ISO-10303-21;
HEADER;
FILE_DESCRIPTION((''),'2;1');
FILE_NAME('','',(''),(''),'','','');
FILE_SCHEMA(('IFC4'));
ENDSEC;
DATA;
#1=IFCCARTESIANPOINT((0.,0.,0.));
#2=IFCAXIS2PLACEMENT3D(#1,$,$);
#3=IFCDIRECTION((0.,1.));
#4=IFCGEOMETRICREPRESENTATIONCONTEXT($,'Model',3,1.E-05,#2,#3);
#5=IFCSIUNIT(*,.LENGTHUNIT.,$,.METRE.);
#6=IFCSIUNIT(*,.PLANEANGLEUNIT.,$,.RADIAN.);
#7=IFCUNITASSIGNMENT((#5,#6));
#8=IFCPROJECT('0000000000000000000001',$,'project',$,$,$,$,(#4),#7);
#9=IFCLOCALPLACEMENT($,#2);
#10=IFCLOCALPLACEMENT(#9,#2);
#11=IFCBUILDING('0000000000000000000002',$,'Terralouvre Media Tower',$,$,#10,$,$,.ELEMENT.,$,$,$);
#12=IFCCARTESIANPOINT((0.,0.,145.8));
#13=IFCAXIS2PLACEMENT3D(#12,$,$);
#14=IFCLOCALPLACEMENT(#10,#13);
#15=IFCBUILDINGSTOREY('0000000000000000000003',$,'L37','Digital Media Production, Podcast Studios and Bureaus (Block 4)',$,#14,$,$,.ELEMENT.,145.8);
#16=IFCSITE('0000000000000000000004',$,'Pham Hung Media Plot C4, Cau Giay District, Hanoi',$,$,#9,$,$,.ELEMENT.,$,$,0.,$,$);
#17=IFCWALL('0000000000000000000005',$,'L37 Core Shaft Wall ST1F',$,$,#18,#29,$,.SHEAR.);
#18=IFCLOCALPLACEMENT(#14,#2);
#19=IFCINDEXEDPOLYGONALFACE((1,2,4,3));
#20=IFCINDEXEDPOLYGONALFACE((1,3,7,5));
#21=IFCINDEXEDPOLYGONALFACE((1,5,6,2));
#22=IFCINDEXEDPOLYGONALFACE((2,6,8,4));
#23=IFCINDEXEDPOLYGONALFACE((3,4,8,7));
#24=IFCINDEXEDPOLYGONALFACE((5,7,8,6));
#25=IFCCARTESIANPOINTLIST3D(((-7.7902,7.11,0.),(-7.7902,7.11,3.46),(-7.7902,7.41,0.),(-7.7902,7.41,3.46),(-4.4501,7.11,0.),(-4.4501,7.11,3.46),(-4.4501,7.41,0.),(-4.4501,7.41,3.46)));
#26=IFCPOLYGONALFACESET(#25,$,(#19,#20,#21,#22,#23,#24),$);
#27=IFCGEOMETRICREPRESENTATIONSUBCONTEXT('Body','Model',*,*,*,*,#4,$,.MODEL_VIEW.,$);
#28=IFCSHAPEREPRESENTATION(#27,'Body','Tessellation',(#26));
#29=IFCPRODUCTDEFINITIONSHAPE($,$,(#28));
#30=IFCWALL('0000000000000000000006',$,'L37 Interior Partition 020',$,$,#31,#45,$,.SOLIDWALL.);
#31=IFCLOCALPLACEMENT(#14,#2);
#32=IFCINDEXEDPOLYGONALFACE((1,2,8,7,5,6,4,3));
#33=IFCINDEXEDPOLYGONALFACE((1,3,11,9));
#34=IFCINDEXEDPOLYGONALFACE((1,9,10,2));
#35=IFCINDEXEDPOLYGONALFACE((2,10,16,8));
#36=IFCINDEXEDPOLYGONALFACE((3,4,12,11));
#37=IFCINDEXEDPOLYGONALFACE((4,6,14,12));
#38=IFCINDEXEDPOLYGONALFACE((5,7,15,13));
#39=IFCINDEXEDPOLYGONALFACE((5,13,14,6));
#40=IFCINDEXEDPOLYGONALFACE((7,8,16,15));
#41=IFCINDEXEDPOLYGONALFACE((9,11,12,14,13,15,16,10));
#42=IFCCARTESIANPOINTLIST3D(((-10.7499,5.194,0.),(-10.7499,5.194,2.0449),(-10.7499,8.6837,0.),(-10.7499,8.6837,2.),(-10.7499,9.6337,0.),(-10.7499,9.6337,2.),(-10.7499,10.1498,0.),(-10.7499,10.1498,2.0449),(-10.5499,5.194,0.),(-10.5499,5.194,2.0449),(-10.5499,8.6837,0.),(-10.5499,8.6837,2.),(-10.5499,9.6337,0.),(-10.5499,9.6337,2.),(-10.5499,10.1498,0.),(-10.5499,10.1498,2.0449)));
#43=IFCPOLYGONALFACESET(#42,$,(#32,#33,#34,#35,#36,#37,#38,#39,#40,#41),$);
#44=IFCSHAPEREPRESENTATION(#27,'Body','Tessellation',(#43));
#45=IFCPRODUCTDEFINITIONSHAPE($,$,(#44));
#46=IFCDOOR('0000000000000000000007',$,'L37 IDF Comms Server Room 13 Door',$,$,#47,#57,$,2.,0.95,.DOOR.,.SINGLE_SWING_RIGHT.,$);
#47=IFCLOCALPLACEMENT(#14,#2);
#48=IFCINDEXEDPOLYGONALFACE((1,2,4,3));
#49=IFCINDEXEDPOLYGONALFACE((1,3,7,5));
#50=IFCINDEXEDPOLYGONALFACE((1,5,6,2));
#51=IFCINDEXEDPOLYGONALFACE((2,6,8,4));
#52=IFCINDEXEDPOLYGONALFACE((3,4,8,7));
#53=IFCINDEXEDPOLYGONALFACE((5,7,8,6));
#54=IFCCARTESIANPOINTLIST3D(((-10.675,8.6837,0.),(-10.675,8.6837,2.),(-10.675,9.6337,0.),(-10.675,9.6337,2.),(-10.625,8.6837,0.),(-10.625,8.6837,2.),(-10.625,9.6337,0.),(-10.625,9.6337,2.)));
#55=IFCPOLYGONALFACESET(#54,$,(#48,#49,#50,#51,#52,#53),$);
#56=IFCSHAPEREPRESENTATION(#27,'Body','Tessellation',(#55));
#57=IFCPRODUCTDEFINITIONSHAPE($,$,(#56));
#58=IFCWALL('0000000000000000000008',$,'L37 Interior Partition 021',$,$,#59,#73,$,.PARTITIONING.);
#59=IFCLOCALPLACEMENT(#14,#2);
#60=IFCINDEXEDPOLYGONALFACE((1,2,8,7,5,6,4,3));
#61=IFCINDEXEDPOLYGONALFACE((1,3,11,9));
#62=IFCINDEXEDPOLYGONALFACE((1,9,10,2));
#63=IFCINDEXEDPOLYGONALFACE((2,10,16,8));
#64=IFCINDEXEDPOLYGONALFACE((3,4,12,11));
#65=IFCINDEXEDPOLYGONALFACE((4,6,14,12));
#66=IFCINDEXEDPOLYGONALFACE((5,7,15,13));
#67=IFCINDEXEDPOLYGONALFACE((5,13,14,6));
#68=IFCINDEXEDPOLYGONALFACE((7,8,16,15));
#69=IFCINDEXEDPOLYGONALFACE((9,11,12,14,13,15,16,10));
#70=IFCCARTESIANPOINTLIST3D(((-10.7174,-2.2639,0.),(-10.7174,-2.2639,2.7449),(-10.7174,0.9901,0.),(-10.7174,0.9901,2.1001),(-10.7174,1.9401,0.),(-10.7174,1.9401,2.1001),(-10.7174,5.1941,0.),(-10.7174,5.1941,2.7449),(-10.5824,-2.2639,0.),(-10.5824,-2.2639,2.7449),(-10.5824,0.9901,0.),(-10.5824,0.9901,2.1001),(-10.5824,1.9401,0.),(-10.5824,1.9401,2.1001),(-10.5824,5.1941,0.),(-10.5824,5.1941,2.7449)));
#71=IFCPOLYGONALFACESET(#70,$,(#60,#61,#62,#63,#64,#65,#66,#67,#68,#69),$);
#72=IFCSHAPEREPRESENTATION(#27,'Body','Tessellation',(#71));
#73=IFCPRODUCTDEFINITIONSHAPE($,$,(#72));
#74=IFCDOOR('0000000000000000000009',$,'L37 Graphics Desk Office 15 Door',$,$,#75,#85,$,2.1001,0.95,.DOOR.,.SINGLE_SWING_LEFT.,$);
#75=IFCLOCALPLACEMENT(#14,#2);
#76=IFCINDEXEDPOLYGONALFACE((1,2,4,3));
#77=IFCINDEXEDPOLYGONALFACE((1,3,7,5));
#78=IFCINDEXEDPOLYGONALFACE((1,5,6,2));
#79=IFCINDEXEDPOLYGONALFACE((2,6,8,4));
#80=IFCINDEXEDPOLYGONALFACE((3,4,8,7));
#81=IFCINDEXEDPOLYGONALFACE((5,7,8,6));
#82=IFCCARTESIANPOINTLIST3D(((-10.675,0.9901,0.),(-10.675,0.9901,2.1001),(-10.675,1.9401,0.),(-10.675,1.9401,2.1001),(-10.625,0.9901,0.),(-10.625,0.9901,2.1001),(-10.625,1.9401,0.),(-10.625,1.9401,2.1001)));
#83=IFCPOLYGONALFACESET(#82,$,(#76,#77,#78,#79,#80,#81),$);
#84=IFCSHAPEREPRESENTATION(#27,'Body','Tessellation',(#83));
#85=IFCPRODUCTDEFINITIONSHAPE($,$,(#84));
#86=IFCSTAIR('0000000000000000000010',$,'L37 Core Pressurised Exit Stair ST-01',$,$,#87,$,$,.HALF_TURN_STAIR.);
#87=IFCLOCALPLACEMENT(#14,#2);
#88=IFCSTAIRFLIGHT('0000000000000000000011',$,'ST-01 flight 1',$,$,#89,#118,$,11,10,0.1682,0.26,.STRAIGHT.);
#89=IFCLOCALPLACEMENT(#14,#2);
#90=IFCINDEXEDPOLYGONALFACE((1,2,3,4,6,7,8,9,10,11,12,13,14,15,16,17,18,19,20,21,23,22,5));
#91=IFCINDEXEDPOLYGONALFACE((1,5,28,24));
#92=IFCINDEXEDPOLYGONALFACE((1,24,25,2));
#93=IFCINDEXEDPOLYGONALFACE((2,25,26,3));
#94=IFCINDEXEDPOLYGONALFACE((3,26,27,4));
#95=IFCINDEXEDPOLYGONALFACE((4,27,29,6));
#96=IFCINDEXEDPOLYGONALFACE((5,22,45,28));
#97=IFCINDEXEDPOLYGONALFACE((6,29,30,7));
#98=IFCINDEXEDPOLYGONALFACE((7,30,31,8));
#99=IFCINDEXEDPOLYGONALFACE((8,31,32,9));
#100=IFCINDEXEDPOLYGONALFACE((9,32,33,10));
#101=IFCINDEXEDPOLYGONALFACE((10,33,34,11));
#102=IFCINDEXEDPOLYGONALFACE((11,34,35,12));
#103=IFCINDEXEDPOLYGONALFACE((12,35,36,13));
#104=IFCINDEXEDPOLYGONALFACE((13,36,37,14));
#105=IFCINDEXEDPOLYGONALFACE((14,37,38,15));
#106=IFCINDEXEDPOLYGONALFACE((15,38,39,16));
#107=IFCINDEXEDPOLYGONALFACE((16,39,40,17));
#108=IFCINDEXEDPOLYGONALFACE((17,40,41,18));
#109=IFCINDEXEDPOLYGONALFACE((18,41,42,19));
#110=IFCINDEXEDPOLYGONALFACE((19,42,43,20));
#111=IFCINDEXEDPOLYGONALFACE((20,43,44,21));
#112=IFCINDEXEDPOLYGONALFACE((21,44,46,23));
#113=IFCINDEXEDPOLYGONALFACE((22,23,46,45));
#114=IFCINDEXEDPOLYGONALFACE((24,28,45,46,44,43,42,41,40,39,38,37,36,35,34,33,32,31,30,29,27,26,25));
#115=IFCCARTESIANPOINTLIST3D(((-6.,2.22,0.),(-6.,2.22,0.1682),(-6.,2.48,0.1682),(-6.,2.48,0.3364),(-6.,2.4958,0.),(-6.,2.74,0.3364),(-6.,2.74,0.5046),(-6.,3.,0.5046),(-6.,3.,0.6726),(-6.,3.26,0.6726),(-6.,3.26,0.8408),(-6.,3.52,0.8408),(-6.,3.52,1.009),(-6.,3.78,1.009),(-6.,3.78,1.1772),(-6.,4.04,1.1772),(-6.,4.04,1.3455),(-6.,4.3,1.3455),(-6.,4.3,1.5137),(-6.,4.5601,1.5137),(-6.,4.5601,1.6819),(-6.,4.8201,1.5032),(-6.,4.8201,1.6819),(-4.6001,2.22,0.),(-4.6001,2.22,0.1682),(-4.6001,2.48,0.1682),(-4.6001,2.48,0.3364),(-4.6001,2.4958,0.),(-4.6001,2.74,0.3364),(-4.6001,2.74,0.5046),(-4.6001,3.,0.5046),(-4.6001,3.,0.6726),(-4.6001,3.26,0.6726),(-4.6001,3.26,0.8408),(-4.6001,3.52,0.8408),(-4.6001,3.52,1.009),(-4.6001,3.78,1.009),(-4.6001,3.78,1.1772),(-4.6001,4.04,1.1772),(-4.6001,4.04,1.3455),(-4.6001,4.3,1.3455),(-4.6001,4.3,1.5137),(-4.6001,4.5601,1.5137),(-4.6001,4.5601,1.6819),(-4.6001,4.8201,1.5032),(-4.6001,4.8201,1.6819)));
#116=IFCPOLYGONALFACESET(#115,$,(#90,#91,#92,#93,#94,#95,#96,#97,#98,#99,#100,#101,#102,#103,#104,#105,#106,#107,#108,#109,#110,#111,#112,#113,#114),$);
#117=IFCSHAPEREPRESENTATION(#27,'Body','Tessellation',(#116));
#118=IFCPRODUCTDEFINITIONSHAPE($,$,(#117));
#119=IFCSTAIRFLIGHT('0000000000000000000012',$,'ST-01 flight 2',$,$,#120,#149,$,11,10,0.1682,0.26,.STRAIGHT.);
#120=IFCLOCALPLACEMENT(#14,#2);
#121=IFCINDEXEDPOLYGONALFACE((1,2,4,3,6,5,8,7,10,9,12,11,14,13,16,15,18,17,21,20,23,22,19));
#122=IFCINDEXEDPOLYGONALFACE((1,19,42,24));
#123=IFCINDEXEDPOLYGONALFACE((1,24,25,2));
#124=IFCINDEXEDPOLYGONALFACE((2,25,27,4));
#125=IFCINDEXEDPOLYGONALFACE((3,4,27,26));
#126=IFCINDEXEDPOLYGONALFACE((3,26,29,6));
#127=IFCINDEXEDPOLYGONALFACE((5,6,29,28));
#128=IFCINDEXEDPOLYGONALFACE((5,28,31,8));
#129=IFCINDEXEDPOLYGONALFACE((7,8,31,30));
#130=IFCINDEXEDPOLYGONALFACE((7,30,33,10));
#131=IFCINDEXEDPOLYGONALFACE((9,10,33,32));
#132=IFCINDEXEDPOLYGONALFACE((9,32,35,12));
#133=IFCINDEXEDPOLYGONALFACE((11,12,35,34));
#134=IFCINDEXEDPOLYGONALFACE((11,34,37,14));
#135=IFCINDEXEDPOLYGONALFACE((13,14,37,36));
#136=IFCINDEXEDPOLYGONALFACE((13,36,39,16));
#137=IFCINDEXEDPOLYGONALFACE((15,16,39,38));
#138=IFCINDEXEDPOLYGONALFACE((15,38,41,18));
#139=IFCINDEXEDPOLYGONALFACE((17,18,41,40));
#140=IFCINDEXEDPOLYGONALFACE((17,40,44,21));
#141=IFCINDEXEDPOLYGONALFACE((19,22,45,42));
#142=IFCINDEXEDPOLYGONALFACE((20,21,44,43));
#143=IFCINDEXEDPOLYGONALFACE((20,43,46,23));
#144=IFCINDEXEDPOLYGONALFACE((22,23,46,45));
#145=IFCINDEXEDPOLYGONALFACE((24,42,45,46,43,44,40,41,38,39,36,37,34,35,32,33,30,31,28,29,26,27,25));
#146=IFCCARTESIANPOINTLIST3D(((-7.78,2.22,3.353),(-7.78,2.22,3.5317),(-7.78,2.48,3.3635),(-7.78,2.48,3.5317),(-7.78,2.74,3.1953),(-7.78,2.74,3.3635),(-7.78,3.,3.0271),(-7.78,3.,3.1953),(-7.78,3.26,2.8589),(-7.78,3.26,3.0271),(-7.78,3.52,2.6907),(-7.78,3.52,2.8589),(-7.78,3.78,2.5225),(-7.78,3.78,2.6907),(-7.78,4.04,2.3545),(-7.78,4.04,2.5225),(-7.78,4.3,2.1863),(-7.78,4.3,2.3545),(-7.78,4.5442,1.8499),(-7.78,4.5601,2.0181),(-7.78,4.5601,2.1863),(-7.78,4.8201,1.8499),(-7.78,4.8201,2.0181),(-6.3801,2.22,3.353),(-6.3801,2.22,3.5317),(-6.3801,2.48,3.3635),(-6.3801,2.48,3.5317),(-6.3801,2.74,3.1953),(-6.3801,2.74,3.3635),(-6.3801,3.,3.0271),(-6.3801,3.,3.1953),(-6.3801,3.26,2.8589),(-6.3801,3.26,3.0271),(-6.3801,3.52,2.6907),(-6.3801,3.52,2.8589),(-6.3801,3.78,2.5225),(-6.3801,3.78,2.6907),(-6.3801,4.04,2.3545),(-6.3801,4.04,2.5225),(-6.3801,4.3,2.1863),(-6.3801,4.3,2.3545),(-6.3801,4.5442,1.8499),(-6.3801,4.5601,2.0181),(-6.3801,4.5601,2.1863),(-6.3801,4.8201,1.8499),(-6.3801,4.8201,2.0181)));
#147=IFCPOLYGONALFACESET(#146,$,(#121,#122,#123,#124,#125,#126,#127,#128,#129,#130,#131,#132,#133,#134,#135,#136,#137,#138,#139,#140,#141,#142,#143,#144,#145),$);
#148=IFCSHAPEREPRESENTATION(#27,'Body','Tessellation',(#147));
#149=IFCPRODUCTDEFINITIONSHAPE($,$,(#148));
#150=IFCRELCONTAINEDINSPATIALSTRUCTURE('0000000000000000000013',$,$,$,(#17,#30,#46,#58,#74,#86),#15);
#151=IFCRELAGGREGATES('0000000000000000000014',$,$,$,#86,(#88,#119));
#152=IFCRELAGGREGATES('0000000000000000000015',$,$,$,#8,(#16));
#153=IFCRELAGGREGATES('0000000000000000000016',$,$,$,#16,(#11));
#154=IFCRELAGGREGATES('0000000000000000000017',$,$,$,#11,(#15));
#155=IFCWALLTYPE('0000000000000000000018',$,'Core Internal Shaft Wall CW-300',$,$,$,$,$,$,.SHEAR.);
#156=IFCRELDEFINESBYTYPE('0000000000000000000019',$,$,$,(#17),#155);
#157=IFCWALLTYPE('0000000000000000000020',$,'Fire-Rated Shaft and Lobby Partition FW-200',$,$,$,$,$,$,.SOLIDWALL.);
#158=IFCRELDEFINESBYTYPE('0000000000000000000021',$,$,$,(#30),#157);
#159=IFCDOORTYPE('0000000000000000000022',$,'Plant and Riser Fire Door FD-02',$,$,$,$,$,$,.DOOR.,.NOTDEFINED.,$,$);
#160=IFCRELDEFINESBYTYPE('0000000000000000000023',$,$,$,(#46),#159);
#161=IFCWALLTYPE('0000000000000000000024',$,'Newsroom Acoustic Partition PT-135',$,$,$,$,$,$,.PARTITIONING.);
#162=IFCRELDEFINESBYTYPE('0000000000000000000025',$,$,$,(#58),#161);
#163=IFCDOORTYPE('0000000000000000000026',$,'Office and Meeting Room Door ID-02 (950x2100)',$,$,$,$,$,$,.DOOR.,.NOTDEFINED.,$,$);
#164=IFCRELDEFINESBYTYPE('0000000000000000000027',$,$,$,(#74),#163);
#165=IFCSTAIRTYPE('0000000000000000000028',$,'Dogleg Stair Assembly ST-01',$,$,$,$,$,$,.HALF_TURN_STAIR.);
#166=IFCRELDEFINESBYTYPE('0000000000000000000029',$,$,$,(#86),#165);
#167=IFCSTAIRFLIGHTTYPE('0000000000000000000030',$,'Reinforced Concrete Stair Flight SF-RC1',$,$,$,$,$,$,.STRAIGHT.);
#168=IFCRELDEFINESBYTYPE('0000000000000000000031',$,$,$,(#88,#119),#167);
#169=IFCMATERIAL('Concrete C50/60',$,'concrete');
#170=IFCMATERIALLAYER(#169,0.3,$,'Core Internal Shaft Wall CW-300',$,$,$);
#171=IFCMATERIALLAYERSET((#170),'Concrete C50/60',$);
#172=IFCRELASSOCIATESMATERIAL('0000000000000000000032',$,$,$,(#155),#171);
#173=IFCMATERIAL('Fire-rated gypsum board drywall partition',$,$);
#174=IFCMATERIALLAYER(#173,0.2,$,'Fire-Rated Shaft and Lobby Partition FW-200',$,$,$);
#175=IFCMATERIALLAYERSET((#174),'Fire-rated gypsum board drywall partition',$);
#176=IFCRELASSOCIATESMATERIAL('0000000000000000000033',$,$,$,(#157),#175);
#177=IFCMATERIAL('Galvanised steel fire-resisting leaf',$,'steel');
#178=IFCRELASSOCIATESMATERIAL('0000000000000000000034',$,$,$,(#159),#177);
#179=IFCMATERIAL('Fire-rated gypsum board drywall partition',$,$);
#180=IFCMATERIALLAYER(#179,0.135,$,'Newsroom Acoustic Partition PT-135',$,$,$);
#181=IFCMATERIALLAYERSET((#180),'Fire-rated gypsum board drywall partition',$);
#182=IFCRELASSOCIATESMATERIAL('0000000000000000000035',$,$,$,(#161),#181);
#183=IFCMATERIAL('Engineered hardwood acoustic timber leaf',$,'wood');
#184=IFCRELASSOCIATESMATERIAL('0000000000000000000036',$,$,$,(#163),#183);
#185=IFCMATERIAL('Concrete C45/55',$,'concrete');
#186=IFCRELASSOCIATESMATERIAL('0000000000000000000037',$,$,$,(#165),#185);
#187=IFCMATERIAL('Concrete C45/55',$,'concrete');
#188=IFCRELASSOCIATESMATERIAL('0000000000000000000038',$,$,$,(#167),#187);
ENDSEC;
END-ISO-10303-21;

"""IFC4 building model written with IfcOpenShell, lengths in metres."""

from ifc_helpers import new_model, si_unit, direction, frame, frame_2d, origin, place, context, subcontext, project, spatial, polyline, rectangle, outline, extrude, material, layer, layer_set, type_object, element, fill, aggregate, save


model = new_model("IFC4")

# Units and contexts
model_context = context("Model", 3, precision=1e-05, world=origin(), true_north=direction((0.0, 1.0)))
body_context = subcontext(model_context, "Body", "Model", "MODEL_VIEW")
ifc_project = project(units=[si_unit("LENGTHUNIT", "METRE"), si_unit("PLANEANGLEUNIT", "RADIAN")], contexts=[model_context])

# Site, building, storey
site_placement = place(None, origin())
site = spatial("IfcSite", under=ifc_project, at=site_placement, Name="Pham Hung Media Plot C4, Cau Giay District, Hanoi", CompositionType="ELEMENT", RefElevation=0.0)
building_placement = place(site_placement, origin())
building = spatial("IfcBuilding", under=site, at=building_placement, Name="Terralouvre Media Tower", CompositionType="ELEMENT")
storey_placement = place(building_placement, frame((0.0, 0.0, 145.8)))
storey = spatial("IfcBuildingStorey", under=building, at=storey_placement, Name="L37", Description="Digital Media Production, Podcast Studios and Bureaus (Block 4)", CompositionType="ELEMENT", Elevation=145.8)

# Shared definitions
ifc_material_1 = material(Name="Concrete C50/60", Category="concrete")
ifc_layer_1 = layer(ifc_material_1, 0.3, Name="Core Internal Shaft Wall CW-300")
ifc_layer_set_1 = layer_set([ifc_layer_1], Name="Concrete C50/60")
wall_type_1 = type_object("IfcWallType", Name="Core Internal Shaft Wall CW-300", PredefinedType="SHEAR", material=ifc_layer_set_1)

# Wall
wall_1_placement = place(storey_placement, frame((-7.79, 7.26, 0.0), z_axis=(0.0, 0.0, 1.0), x_axis=(1.0, 0.0, 0.0)))
element("IfcWall", 1, at=wall_1_placement, inside=storey, type_object=wall_type_1, Name="L37 Core Shaft Wall ST1F", PredefinedType="SHEAR", context=body_context, shape_type="SweptSolid", body=[
    extrude(rectangle(XDim=3.3401, YDim=0.3, at=frame_2d((1.6699, 0.0))), origin(), (0.0, 0.0, 1.0), 3.46),
])

# Walls, openings, doors
ifc_material_2 = material(Name="Fire-rated gypsum board drywall partition")
ifc_layer_2 = layer(ifc_material_2, 0.2, Name="Fire-Rated Shaft and Lobby Partition FW-200")
ifc_layer_set_2 = layer_set([ifc_layer_2], Name="Fire-rated gypsum board drywall partition")
wall_type_2 = type_object("IfcWallType", Name="Fire-Rated Shaft and Lobby Partition FW-200", PredefinedType="SOLIDWALL", material=ifc_layer_set_2)
wall_2_placement = place(storey_placement, frame((-10.6499, 10.1499, 0.0), z_axis=(0.0, 0.0, 1.0), x_axis=(0.0, -1.0, 0.0)))
wall_2 = element("IfcWall", 2, at=wall_2_placement, inside=storey, type_object=wall_type_2, Name="L37 Interior Partition 020", PredefinedType="SOLIDWALL", context=body_context, shape_type="SweptSolid", body=[
    extrude(rectangle(XDim=4.9558, YDim=0.2, at=frame_2d((2.478, 0.0))), origin(), (0.0, 0.0, 1.0), 2.0449),
])
opening_1_placement = place(wall_2_placement, frame((0.5161, 0.0, 0.0)))
opening_1 = element("IfcOpeningElement", 3, at=opening_1_placement, cuts=wall_2, PredefinedType="OPENING", context=body_context, shape_type="SweptSolid", body=[
    extrude(rectangle(XDim=0.95, YDim=2.0, at=frame_2d((0.4751, 1.0))), frame((0.0, 0.1099, 0.0), z_axis=(0.0, -1.0, 0.0), x_axis=(1.0, 0.0, 0.0)), (0.0, 0.0, 1.0), 0.22),
])
ifc_material_3 = material(Name="Galvanised steel fire-resisting leaf", Category="steel")
door_type_1 = type_object("IfcDoorType", Name="Plant and Riser Fire Door FD-02", OperationType="NOTDEFINED", PredefinedType="DOOR", material=ifc_material_3)
door_1_placement = place(opening_1_placement, origin())
door_1 = element("IfcDoor", 4, at=door_1_placement, inside=storey, type_object=door_type_1, Name="L37 IDF Comms Server Room 13 Door", OperationType="SINGLE_SWING_RIGHT", OverallHeight=2.0, OverallWidth=0.95, PredefinedType="DOOR", context=body_context, shape_type="SweptSolid", body=[
    extrude(rectangle(XDim=0.95, YDim=2.0, at=frame_2d((0.4751, 1.0))), frame((0.0, 0.0249, 0.0), z_axis=(0.0, -1.0, 0.0), x_axis=(1.0, 0.0, 0.0)), (0.0, 0.0, 1.0), 0.05),
])
fill(opening_1, door_1)
ifc_material_4 = material(Name="Fire-rated gypsum board drywall partition")
ifc_layer_3 = layer(ifc_material_4, 0.135, Name="Newsroom Acoustic Partition PT-135")
ifc_layer_set_3 = layer_set([ifc_layer_3], Name="Fire-rated gypsum board drywall partition")
wall_type_3 = type_object("IfcWallType", Name="Newsroom Acoustic Partition PT-135", PredefinedType="PARTITIONING", material=ifc_layer_set_3)
wall_3_placement = place(storey_placement, frame((-10.6499, 5.1941, 0.0), z_axis=(0.0, 0.0, 1.0), x_axis=(0.0, -1.0, 0.0)))
wall_3 = element("IfcWall", 5, at=wall_3_placement, inside=storey, type_object=wall_type_3, Name="L37 Interior Partition 021", PredefinedType="PARTITIONING", context=body_context, shape_type="SweptSolid", body=[
    extrude(rectangle(XDim=7.458, YDim=0.135, at=frame_2d((3.729, 0.0))), origin(), (0.0, 0.0, 1.0), 2.7449),
])
opening_2_placement = place(wall_3_placement, frame((3.2539, 0.0, 0.0)))
opening_2 = element("IfcOpeningElement", 6, at=opening_2_placement, cuts=wall_3, PredefinedType="OPENING", context=body_context, shape_type="SweptSolid", body=[
    extrude(rectangle(XDim=0.95, YDim=2.1001, at=frame_2d((0.4751, 1.05))), frame((0.0, 0.0774, 0.0), z_axis=(0.0, -1.0, 0.0), x_axis=(1.0, 0.0, 0.0)), (0.0, 0.0, 1.0), 0.155),
])
ifc_material_5 = material(Name="Engineered hardwood acoustic timber leaf", Category="wood")
door_type_2 = type_object("IfcDoorType", Name="Office and Meeting Room Door ID-02 (950x2100)", OperationType="NOTDEFINED", PredefinedType="DOOR", material=ifc_material_5)
door_2_placement = place(opening_2_placement, origin())
door_2 = element("IfcDoor", 7, at=door_2_placement, inside=storey, type_object=door_type_2, Name="L37 Graphics Desk Office 15 Door", OperationType="SINGLE_SWING_LEFT", OverallHeight=2.1001, OverallWidth=0.95, PredefinedType="DOOR", context=body_context, shape_type="SweptSolid", body=[
    extrude(rectangle(XDim=0.95, YDim=2.1001, at=frame_2d((0.4751, 1.05))), frame((0.0, 0.0249, 0.0), z_axis=(0.0, -1.0, 0.0), x_axis=(1.0, 0.0, 0.0)), (0.0, 0.0, 1.0), 0.05),
])
fill(opening_2, door_2)

# Stair, stair flights
ifc_material_6 = material(Name="Concrete C45/55", Category="concrete")
stair_type = type_object("IfcStairType", Name="Dogleg Stair Assembly ST-01", PredefinedType="HALF_TURN_STAIR", material=ifc_material_6)
stair_placement = place(storey_placement, origin())
stair = element("IfcStair", 8, at=stair_placement, inside=storey, type_object=stair_type, Name="L37 Core Pressurised Exit Stair ST-01", PredefinedType="HALF_TURN_STAIR")
ifc_material_7 = material(Name="Concrete C45/55", Category="concrete")
stair_flight_type = type_object("IfcStairFlightType", Name="Reinforced Concrete Stair Flight SF-RC1", PredefinedType="STRAIGHT", material=ifc_material_7)
stair_flight_1_placement = place(storey_placement, frame((-5.3, 2.22, 0.0), z_axis=(0.0, 0.0, 1.0), x_axis=(0.0, 1.0, 0.0)))
stair_flight_1 = element("IfcStairFlight", 9, at=stair_flight_1_placement, type_object=stair_flight_type, Name="ST-01 flight 1", NumberOfRisers=11, NumberOfTreads=10, PredefinedType="STRAIGHT", RiserHeight=0.1682, TreadLength=0.26, context=body_context, shape_type="SweptSolid", body=[
    extrude(outline(polyline([(0.0, 0.0), (0.0, 0.1682), (0.26, 0.1682), (0.26, 0.3364), (0.52, 0.3364), (0.52, 0.5046), (0.78, 0.5046), (0.78, 0.6726), (1.04, 0.6726), (1.04, 0.8408), (1.3, 0.8408), (1.3, 1.009), (1.5601, 1.009), (1.5601, 1.1772), (1.8201, 1.1772), (1.8201, 1.3455), (2.0801, 1.3455), (2.0801, 1.5137), (2.3401, 1.5137), (2.3401, 1.6819), (2.6001, 1.6819), (2.6001, 1.8501), (2.6001, 1.5032), (0.2759, 0.0), (0.0, 0.0)])), frame((0.0, 0.7, 0.0), z_axis=(0.0, -1.0, 0.0), x_axis=(1.0, 0.0, 0.0)), (0.0, 0.0, 1.0), 1.3999),
])
stair_flight_2_placement = place(storey_placement, frame((-7.0801, 4.8201, 1.8499), z_axis=(0.0, 0.0, 1.0), x_axis=(0.0, -1.0, 0.0)))
stair_flight_2 = element("IfcStairFlight", 10, at=stair_flight_2_placement, type_object=stair_flight_type, Name="ST-01 flight 2", NumberOfRisers=11, NumberOfTreads=10, PredefinedType="STRAIGHT", RiserHeight=0.1682, TreadLength=0.26, context=body_context, shape_type="SweptSolid", body=[
    extrude(outline(polyline([(0.0, 0.0), (0.0, 0.1682), (0.26, 0.1682), (0.26, 0.3364), (0.52, 0.3364), (0.52, 0.5046), (0.78, 0.5046), (0.78, 0.6726), (1.04, 0.6726), (1.04, 0.8408), (1.3, 0.8408), (1.3, 1.009), (1.5601, 1.009), (1.5601, 1.1772), (1.8201, 1.1772), (1.8201, 1.3455), (2.0801, 1.3455), (2.0801, 1.5137), (2.3401, 1.5137), (2.3401, 1.6819), (2.6001, 1.6819), (2.6001, 1.8501), (2.6001, 1.5032), (0.2759, 0.0), (0.0, 0.0)])), frame((0.0, 0.7, 0.0), z_axis=(0.0, -1.0, 0.0), x_axis=(1.0, 0.0, 0.0)), (0.0, 0.0, 1.0), 1.3999),
])
aggregate(stair, [stair_flight_1, stair_flight_2])

save(model, "model.ifc")
